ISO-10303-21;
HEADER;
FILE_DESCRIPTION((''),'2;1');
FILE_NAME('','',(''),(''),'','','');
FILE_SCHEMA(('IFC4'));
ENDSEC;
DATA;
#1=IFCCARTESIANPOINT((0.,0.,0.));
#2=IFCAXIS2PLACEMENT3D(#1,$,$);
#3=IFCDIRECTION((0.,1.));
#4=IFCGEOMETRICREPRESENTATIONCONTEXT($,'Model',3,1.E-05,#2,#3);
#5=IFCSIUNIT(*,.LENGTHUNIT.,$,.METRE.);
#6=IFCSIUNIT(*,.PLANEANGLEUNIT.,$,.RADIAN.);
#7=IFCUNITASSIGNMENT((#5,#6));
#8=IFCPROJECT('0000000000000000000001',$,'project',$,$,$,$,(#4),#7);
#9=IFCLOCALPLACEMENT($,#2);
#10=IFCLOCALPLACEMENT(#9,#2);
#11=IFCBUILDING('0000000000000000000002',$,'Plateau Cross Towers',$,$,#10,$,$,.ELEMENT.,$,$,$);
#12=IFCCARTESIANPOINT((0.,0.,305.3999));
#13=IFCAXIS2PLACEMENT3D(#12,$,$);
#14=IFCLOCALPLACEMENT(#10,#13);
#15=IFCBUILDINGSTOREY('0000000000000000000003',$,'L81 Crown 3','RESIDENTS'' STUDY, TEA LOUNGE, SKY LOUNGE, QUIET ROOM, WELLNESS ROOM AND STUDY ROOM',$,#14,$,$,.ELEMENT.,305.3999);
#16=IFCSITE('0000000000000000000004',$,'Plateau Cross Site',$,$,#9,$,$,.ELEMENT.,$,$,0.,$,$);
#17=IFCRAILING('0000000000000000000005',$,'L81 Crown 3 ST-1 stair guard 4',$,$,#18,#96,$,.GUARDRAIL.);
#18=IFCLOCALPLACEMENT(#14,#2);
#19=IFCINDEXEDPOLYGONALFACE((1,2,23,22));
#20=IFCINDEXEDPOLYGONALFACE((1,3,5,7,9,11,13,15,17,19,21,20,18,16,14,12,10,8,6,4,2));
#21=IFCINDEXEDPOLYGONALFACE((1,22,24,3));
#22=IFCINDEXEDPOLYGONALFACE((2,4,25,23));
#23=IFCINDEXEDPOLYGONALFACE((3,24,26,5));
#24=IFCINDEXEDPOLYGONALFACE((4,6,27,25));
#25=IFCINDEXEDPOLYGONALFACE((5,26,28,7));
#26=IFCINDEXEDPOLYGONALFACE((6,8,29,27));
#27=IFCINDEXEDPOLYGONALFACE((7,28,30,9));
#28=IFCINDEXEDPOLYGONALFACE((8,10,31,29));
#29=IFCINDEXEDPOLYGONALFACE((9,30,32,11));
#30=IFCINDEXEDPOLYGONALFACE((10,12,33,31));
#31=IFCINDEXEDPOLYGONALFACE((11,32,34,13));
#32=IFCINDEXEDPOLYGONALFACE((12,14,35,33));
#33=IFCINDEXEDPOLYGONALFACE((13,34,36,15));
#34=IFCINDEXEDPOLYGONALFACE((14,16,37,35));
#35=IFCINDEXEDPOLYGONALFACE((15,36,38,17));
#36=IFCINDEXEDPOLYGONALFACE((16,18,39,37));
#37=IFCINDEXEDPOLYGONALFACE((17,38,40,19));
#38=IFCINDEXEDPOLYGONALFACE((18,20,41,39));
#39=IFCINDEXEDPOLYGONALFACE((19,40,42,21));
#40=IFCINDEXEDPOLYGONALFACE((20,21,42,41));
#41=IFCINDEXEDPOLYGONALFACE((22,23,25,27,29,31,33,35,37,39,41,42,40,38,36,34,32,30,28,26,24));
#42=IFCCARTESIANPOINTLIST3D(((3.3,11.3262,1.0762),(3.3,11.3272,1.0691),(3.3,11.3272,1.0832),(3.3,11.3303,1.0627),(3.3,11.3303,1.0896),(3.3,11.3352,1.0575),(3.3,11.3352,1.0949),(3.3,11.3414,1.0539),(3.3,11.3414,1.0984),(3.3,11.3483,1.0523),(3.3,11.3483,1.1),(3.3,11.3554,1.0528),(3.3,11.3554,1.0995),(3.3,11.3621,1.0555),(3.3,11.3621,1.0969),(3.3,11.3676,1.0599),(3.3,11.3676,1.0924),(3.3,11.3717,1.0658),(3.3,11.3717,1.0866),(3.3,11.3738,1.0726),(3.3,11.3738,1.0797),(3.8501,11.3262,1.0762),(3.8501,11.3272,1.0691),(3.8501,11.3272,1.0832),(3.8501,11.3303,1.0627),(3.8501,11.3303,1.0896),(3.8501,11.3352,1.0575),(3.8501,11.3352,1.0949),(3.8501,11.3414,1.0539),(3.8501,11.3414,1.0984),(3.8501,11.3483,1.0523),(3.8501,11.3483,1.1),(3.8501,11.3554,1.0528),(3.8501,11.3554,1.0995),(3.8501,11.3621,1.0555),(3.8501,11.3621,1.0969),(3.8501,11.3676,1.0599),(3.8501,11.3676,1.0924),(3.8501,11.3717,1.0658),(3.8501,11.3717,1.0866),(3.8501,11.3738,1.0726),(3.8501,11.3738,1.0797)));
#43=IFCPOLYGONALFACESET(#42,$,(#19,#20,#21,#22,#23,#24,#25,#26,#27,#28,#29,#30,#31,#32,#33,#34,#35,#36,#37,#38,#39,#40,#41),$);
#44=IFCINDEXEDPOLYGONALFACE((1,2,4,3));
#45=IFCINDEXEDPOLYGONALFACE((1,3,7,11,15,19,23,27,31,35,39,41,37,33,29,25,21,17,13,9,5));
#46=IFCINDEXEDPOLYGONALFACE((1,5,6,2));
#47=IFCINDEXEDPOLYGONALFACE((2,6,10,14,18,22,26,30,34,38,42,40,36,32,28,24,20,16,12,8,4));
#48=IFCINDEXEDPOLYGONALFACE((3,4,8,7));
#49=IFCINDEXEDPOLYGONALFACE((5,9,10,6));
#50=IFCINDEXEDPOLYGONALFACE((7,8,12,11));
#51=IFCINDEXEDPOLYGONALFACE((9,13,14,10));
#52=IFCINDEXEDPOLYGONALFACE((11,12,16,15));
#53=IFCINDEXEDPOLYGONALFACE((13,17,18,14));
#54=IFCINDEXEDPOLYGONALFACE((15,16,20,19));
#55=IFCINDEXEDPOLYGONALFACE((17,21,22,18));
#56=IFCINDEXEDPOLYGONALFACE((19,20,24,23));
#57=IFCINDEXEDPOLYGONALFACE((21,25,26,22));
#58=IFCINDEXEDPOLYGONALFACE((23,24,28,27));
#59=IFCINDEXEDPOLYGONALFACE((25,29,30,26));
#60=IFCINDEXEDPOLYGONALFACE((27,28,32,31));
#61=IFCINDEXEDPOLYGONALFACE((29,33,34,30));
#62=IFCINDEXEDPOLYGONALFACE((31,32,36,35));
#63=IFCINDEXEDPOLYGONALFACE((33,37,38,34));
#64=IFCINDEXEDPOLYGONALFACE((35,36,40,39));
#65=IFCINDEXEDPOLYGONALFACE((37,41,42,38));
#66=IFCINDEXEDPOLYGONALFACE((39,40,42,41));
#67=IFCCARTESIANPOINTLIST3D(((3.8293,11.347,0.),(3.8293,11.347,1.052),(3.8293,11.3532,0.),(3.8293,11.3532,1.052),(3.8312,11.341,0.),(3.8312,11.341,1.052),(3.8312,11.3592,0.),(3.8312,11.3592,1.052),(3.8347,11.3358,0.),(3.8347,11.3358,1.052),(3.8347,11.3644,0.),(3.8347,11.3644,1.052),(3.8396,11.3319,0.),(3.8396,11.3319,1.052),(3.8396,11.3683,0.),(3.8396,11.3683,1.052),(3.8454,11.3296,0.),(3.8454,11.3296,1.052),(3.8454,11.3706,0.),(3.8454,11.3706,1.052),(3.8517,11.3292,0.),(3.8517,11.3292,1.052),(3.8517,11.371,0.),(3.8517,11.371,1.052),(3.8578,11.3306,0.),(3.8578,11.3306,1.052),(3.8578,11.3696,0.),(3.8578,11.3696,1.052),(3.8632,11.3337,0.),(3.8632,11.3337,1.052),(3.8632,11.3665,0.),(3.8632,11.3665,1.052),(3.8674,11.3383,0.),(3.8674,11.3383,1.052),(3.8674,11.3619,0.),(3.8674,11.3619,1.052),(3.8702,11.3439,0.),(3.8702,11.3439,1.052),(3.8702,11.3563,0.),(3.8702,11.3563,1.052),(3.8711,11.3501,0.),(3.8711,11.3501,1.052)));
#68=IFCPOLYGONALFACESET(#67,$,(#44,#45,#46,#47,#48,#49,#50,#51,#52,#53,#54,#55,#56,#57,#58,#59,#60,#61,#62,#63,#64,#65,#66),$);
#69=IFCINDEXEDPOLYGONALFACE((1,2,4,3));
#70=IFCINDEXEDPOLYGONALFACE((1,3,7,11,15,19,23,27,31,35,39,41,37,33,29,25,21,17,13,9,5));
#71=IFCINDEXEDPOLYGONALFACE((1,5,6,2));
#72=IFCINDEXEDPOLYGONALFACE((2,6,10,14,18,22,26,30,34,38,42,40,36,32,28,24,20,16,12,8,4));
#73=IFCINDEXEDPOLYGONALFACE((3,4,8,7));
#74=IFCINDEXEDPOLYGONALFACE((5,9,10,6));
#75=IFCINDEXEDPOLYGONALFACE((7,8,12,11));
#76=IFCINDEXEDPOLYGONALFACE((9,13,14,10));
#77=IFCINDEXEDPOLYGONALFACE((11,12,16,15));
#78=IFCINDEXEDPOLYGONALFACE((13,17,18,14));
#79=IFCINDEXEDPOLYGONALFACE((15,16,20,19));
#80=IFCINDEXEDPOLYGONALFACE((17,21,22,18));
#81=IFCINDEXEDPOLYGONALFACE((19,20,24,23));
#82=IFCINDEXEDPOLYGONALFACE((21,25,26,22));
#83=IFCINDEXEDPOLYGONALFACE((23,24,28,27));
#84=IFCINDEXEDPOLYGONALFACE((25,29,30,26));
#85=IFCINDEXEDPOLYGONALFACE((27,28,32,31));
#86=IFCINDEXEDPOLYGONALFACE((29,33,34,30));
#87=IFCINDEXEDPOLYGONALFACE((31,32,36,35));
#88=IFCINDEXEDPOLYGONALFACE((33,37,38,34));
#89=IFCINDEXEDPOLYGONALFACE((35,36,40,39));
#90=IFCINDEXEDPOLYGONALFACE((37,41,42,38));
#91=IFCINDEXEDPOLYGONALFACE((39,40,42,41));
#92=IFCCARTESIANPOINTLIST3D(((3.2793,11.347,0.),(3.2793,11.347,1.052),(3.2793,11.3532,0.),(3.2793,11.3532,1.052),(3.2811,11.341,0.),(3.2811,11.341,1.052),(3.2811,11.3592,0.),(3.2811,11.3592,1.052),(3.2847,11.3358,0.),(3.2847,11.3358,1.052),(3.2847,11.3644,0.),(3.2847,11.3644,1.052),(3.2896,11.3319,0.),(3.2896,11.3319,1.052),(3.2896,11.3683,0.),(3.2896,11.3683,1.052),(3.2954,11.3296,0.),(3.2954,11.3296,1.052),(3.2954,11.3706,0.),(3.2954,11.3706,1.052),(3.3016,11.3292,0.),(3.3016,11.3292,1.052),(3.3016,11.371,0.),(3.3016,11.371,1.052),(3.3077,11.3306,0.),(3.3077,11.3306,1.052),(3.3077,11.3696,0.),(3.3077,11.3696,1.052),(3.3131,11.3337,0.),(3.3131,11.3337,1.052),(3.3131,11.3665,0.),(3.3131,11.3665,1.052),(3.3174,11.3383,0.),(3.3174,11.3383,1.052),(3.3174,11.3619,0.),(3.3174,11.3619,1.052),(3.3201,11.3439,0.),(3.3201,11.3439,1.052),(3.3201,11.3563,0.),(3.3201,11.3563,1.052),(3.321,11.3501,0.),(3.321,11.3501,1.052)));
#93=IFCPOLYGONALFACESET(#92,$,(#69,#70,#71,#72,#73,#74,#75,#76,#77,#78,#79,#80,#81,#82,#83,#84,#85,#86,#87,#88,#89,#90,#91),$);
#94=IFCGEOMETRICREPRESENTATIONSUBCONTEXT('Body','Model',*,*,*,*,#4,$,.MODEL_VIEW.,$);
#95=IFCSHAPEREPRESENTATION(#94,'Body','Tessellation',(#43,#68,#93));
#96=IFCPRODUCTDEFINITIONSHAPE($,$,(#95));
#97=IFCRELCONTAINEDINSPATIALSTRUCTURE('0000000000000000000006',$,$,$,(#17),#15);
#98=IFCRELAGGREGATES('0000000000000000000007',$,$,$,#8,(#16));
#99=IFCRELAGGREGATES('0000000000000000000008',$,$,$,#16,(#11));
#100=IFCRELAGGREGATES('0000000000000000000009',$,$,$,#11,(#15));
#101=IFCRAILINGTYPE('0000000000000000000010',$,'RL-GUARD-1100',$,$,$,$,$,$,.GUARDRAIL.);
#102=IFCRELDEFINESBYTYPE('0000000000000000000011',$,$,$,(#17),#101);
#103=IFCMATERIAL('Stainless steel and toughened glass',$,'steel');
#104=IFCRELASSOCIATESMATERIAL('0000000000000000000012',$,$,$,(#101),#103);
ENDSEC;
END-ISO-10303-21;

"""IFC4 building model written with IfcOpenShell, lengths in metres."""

from ifc_helpers import new_model, si_unit, direction, frame, origin, origin_2d, place, context, subcontext, project, spatial, circle, extrude, material, type_object, element, save


model = new_model("IFC4")

# Units and contexts
model_context = context("Model", 3, precision=1e-05, world=origin(), true_north=direction((0.0, 1.0)))
body_context = subcontext(model_context, "Body", "Model", "MODEL_VIEW")
ifc_project = project(units=[si_unit("LENGTHUNIT", "METRE"), si_unit("PLANEANGLEUNIT", "RADIAN")], contexts=[model_context])

# Site, building, storey
site_placement = place(None, origin())
site = spatial("IfcSite", under=ifc_project, at=site_placement, Name="Plateau Cross Site", CompositionType="ELEMENT", RefElevation=0.0)
building_placement = place(site_placement, origin())
building = spatial("IfcBuilding", under=site, at=building_placement, Name="Plateau Cross Towers", CompositionType="ELEMENT")
storey_placement = place(building_placement, frame((0.0, 0.0, 305.3999)))
storey = spatial("IfcBuildingStorey", under=building, at=storey_placement, Name="L81 Crown 3", Description="RESIDENTS' STUDY, TEA LOUNGE, SKY LOUNGE, QUIET ROOM, WELLNESS ROOM AND STUDY ROOM", CompositionType="ELEMENT", Elevation=305.3999)

# Railing
ifc_material_1 = material(Name="Stainless steel and toughened glass", Category="steel")
railing_type_1 = type_object("IfcRailingType", Name="RL-GUARD-1100", PredefinedType="GUARDRAIL", material=ifc_material_1)
railing_1_placement = place(storey_placement, frame((3.8501, 11.3501, 0.0)))
element("IfcRailing", 1, at=railing_1_placement, inside=storey, type_object=railing_type_1, Name="L81 Crown 3 ST-1 stair guard 4", PredefinedType="GUARDRAIL", context=body_context, shape_type="SweptSolid", body=[
    extrude(circle(Radius=0.0239, at=origin_2d()), frame((0.0, 0.0, 1.0762), z_axis=(-1.0, 0.0, 0.0), x_axis=(0.0, -1.0, 0.0)), (0.0, 0.0, 1.0), 0.55),
    extrude(circle(Radius=0.021, at=origin_2d()), origin(), (0.0, 0.0, 1.0), 1.052),
    extrude(circle(Radius=0.021, at=origin_2d()), frame((-0.55, 0.0, 0.0)), (0.0, 0.0, 1.0), 1.052),
])

save(model, "model.ifc")
